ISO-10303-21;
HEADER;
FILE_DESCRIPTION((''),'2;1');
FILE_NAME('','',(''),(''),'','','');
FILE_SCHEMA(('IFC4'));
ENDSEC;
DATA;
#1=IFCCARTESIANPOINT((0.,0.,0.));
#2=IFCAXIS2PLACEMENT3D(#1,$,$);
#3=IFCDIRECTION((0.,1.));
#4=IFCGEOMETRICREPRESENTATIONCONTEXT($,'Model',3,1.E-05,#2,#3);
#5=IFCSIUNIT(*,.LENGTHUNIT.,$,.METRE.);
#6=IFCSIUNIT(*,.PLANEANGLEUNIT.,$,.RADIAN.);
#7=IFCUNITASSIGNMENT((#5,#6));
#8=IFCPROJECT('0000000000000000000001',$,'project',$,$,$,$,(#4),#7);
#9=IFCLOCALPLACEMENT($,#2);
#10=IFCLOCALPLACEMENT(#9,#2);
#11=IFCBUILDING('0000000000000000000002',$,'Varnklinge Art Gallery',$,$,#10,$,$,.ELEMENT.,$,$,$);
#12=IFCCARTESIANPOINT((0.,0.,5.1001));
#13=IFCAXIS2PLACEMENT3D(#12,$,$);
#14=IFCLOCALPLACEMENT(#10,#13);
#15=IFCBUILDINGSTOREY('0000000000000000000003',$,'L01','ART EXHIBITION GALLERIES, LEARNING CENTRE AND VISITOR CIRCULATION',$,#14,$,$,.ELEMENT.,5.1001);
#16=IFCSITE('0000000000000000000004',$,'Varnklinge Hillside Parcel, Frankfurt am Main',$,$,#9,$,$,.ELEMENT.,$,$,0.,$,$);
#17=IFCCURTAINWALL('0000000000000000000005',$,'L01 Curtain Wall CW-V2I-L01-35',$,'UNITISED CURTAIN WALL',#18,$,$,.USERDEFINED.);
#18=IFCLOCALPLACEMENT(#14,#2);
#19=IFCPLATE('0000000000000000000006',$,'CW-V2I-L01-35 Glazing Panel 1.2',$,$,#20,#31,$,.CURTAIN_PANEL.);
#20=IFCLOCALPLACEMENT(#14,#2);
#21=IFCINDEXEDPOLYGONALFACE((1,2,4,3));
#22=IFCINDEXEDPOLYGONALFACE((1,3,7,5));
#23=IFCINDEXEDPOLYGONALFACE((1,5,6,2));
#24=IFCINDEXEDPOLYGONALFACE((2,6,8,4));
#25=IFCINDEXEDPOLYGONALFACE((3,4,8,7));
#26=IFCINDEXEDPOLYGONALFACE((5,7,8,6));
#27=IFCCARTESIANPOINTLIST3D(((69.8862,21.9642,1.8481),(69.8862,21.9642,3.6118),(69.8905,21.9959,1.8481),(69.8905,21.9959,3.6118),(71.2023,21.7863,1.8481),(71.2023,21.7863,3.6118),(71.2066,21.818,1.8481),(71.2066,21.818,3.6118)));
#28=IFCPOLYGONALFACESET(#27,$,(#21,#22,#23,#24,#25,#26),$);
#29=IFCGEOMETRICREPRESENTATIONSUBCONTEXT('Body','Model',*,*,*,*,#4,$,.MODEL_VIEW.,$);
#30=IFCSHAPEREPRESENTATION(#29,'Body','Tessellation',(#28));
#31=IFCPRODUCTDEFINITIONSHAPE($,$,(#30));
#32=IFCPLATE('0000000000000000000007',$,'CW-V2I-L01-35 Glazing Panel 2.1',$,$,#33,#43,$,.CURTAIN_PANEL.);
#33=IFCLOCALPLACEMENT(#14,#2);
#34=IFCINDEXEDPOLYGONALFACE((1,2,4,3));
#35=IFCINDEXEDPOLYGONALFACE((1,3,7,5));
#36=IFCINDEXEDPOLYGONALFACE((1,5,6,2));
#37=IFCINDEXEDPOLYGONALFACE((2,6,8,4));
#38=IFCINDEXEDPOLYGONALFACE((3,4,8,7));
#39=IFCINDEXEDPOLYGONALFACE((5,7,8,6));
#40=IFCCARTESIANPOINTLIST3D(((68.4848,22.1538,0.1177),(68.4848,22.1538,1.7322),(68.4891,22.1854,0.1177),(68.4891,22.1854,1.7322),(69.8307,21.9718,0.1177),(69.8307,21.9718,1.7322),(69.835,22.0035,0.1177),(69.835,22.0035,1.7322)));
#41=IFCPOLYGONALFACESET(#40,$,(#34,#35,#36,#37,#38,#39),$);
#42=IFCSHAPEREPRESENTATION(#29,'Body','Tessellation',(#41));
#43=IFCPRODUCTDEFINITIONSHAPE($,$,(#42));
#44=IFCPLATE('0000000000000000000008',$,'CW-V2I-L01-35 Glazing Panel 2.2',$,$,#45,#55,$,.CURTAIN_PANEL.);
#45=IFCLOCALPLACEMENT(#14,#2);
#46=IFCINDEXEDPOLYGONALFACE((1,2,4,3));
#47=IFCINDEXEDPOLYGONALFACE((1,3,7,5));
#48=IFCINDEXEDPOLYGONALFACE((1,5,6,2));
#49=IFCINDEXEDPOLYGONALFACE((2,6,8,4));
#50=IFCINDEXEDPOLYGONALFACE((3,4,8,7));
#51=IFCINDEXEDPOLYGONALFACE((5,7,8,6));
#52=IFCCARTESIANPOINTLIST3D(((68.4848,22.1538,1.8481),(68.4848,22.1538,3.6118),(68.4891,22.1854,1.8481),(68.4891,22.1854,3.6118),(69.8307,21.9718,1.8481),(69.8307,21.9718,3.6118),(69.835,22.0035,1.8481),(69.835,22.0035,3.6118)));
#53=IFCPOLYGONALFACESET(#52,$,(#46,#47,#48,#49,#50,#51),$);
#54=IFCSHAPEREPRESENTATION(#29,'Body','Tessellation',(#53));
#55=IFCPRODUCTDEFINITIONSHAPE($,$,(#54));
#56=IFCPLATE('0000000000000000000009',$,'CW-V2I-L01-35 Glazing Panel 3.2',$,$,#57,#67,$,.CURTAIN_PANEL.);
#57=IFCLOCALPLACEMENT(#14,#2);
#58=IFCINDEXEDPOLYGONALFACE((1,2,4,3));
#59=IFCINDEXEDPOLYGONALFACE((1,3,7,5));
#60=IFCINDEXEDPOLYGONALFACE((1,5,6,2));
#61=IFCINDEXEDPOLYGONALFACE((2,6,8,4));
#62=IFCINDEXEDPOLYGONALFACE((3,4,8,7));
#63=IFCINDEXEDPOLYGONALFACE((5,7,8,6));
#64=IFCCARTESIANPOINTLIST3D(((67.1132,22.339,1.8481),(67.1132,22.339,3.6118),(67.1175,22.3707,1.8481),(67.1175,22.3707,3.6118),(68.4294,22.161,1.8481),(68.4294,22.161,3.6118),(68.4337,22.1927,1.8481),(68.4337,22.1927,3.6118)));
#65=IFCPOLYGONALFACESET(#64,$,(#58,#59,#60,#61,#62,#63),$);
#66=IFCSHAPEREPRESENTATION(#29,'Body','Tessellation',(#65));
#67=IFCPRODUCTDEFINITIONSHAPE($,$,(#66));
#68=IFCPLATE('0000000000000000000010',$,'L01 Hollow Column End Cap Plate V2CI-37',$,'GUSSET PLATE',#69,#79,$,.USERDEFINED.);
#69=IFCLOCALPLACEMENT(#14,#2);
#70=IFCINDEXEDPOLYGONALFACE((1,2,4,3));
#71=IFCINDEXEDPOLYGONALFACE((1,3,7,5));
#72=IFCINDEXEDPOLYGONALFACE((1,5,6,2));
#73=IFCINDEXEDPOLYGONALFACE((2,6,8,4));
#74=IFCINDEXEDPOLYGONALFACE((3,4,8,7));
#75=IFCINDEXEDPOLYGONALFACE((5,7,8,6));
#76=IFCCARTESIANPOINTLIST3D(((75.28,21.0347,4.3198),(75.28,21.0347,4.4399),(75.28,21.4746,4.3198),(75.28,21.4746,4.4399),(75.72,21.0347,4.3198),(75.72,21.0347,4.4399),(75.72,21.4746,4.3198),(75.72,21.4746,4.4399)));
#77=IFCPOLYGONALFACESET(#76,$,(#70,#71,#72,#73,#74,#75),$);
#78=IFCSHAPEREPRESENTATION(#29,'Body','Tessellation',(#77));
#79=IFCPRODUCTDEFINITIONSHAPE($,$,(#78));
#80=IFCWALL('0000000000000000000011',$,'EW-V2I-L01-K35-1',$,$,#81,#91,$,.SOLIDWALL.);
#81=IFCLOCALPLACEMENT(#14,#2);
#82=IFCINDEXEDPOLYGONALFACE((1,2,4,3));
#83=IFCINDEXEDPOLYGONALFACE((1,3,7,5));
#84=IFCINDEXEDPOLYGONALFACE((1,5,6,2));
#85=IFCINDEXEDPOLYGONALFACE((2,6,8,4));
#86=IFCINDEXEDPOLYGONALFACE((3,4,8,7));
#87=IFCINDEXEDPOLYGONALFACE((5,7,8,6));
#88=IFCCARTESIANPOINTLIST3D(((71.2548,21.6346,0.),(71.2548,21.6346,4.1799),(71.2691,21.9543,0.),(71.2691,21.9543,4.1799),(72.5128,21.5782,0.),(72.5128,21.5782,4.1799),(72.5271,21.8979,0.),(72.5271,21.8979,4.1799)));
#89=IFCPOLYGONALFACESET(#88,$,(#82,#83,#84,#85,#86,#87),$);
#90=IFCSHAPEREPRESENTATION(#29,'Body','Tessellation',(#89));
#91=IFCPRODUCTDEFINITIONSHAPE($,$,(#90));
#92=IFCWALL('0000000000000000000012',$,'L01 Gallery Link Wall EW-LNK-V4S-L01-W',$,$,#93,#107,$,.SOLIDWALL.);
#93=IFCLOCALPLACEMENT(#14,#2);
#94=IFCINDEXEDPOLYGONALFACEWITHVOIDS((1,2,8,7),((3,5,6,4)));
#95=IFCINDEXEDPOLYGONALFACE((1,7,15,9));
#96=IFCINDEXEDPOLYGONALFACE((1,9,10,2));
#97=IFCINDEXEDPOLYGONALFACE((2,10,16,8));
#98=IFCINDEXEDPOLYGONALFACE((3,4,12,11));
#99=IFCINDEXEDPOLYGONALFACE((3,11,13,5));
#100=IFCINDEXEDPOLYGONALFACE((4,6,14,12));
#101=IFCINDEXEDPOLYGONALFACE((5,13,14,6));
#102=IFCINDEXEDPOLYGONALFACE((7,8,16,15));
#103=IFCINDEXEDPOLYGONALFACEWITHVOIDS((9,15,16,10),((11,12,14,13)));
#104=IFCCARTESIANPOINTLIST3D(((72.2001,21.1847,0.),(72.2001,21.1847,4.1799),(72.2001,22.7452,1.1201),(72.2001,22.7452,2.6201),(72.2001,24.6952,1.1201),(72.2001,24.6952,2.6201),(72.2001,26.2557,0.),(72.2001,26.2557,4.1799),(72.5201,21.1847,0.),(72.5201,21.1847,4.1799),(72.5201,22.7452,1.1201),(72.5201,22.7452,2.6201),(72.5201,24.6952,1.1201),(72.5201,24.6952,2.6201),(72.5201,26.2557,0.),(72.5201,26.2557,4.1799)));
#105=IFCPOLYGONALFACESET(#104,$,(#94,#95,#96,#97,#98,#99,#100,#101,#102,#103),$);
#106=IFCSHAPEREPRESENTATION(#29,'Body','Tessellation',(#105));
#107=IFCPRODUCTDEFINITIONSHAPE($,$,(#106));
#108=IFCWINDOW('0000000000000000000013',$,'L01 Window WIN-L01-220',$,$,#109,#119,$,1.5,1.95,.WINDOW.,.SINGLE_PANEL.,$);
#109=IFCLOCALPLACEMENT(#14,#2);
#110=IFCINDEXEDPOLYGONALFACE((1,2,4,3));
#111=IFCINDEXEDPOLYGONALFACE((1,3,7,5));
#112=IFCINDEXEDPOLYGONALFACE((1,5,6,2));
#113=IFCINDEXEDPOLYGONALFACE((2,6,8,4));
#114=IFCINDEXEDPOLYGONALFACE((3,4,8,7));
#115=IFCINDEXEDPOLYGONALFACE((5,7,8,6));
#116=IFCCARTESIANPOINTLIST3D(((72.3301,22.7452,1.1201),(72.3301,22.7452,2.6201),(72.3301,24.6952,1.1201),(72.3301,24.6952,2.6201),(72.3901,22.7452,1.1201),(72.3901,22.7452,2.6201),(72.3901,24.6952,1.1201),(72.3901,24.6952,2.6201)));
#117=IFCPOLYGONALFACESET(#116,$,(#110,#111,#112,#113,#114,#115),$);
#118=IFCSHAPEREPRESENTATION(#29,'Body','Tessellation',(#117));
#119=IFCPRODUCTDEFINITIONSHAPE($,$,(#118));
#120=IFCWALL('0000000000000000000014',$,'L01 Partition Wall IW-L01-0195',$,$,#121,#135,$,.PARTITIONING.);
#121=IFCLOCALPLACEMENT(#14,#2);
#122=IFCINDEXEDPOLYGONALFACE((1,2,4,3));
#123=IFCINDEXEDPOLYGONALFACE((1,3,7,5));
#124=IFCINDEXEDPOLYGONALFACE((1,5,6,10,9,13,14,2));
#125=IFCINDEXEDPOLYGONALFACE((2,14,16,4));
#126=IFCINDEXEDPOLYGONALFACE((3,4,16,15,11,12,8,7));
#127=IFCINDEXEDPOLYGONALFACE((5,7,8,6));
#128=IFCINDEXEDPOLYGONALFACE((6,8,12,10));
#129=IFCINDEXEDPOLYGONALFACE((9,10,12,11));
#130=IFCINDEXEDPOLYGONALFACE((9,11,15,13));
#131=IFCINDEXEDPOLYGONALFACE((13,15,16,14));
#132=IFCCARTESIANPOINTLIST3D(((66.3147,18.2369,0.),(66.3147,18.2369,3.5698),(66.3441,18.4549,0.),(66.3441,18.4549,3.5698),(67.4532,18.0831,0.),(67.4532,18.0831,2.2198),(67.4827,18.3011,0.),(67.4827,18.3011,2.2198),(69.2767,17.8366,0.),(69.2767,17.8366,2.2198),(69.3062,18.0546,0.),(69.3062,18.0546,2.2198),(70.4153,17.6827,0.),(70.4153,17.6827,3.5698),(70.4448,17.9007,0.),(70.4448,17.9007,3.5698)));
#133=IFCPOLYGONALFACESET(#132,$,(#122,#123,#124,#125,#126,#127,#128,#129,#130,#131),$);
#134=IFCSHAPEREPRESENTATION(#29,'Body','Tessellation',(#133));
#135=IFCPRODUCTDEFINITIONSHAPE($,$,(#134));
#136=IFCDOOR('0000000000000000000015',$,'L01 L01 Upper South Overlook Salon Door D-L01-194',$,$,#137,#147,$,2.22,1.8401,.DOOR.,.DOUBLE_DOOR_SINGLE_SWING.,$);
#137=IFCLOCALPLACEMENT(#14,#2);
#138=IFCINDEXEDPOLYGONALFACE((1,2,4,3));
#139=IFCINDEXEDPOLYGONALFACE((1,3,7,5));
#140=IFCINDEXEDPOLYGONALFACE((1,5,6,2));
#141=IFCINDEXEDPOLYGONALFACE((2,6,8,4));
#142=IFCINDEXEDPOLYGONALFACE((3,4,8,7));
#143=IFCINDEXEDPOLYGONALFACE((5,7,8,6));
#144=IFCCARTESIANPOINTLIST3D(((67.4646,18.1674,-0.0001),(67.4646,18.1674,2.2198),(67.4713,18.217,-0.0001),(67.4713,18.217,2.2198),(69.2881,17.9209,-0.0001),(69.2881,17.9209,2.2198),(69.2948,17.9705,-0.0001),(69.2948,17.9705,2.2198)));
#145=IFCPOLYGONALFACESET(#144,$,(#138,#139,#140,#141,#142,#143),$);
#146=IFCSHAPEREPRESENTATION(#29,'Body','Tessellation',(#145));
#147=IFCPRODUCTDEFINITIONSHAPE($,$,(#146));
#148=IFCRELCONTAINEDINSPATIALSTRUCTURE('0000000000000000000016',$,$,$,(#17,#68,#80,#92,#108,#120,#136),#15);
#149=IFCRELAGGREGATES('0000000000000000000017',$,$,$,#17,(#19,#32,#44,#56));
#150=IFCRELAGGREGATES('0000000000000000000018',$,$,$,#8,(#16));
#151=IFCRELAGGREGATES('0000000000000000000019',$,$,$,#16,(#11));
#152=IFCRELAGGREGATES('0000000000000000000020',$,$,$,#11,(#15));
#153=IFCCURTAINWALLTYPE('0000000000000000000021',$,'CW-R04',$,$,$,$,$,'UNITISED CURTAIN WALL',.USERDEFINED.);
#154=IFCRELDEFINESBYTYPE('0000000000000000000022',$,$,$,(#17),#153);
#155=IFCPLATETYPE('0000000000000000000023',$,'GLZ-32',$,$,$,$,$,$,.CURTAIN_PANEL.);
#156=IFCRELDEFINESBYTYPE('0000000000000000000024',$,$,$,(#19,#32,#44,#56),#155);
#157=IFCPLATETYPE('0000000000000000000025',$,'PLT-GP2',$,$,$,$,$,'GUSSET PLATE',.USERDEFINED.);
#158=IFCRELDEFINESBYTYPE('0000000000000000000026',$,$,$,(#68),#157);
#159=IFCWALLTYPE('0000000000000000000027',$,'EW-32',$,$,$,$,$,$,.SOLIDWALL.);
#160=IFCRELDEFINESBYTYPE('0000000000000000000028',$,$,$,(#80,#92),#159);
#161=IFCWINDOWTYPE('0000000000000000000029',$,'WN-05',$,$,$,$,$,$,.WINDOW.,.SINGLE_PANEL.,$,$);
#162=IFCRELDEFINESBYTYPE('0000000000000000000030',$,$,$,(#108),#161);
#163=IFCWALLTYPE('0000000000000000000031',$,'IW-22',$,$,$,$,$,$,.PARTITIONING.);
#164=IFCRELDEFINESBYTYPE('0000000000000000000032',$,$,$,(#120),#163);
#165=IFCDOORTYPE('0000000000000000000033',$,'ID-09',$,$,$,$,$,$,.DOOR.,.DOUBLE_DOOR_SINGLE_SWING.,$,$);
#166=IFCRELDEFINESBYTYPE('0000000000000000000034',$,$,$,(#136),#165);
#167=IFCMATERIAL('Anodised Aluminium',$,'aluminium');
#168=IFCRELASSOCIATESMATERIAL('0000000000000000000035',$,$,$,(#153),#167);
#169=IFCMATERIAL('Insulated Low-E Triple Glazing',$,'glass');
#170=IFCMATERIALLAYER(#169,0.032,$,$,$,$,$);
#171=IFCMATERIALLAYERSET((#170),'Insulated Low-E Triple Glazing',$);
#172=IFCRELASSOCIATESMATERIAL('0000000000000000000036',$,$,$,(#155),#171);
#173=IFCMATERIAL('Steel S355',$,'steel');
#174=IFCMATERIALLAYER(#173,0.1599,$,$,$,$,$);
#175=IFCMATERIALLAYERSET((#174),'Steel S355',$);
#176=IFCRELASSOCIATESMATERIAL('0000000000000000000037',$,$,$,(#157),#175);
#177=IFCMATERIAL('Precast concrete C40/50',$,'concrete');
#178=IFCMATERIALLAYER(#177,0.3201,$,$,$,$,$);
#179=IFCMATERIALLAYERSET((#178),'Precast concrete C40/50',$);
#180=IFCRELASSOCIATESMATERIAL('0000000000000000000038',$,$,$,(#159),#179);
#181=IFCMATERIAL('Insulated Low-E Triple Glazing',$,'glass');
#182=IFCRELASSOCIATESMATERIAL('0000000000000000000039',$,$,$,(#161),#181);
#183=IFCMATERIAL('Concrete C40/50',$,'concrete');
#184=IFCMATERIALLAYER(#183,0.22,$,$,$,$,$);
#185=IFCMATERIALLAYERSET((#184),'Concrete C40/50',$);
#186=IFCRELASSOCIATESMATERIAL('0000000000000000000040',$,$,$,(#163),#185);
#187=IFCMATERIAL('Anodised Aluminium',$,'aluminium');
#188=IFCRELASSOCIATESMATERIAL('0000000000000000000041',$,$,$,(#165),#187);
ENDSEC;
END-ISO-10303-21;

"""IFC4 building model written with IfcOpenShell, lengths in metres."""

from ifc_helpers import new_model, si_unit, direction, frame, frame_2d, origin, origin_2d, place, context, subcontext, project, spatial, rectangle, extrude, material, layer, layer_set, type_object, element, fill, aggregate, save


model = new_model("IFC4")

# Units and contexts
model_context = context("Model", 3, precision=1e-05, world=origin(), true_north=direction((0.0, 1.0)))
body_context = subcontext(model_context, "Body", "Model", "MODEL_VIEW")
ifc_project = project(units=[si_unit("LENGTHUNIT", "METRE"), si_unit("PLANEANGLEUNIT", "RADIAN")], contexts=[model_context])

# Site, building, storey
site_placement = place(None, origin())
site = spatial("IfcSite", under=ifc_project, at=site_placement, Name="Varnklinge Hillside Parcel, Frankfurt am Main", CompositionType="ELEMENT", RefElevation=0.0)
building_placement = place(site_placement, origin())
building = spatial("IfcBuilding", under=site, at=building_placement, Name="Varnklinge Art Gallery", CompositionType="ELEMENT")
storey_placement = place(building_placement, frame((0.0, 0.0, 5.1001)))
storey = spatial("IfcBuildingStorey", under=building, at=storey_placement, Name="L01", Description="ART EXHIBITION GALLERIES, LEARNING CENTRE AND VISITOR CIRCULATION", CompositionType="ELEMENT", Elevation=5.1001)

# Curtain wall
ifc_material_1 = material(Name="Anodised Aluminium", Category="aluminium")
curtain_wall_type = type_object("IfcCurtainWallType", Name="CW-R04", ElementType="UNITISED CURTAIN WALL", PredefinedType="USERDEFINED", material=ifc_material_1)
curtain_wall_placement = place(storey_placement, origin())
curtain_wall = element("IfcCurtainWall", 1, at=curtain_wall_placement, inside=storey, type_object=curtain_wall_type, Name="L01 Curtain Wall CW-V2I-L01-35", ObjectType="UNITISED CURTAIN WALL", PredefinedType="USERDEFINED")

# Plates
ifc_material_2 = material(Name="Insulated Low-E Triple Glazing", Category="glass")
ifc_layer_1 = layer(ifc_material_2, 0.032)
ifc_layer_set_1 = layer_set([ifc_layer_1], Name="Insulated Low-E Triple Glazing")
plate_type_1 = type_object("IfcPlateType", Name="GLZ-32", PredefinedType="CURTAIN_PANEL", material=ifc_layer_set_1)
plate_1_placement = place(storey_placement, frame((70.5464, 21.8911, 1.8481), z_axis=(0.0, 0.0, 1.0), x_axis=(-0.990983, 0.133986, 0.0)))
plate_1 = element("IfcPlate", 2, at=plate_1_placement, type_object=plate_type_1, Name="CW-V2I-L01-35 Glazing Panel 1.2", PredefinedType="CURTAIN_PANEL", context=body_context, shape_type="SweptSolid", body=[
    extrude(rectangle(XDim=1.3281, YDim=0.032, at=origin_2d()), origin(), (0.0, 0.0, 1.0), 1.7637),
])
plate_2_placement = place(storey_placement, frame((69.1599, 22.0786, 0.1177), z_axis=(0.0, 0.0, 1.0), x_axis=(-0.990983, 0.133986, 0.0)))
plate_2 = element("IfcPlate", 3, at=plate_2_placement, type_object=plate_type_1, Name="CW-V2I-L01-35 Glazing Panel 2.1", PredefinedType="CURTAIN_PANEL", context=body_context, shape_type="SweptSolid", body=[
    extrude(rectangle(XDim=1.3582, YDim=0.032, at=origin_2d()), origin(), (0.0, 0.0, 1.0), 1.6145),
])
plate_3_placement = place(storey_placement, frame((69.1599, 22.0786, 1.8481), z_axis=(0.0, 0.0, 1.0), x_axis=(-0.990983, 0.133986, 0.0)))
plate_3 = element("IfcPlate", 4, at=plate_3_placement, type_object=plate_type_1, Name="CW-V2I-L01-35 Glazing Panel 2.2", PredefinedType="CURTAIN_PANEL", context=body_context, shape_type="SweptSolid", body=[
    extrude(rectangle(XDim=1.3582, YDim=0.032, at=origin_2d()), origin(), (0.0, 0.0, 1.0), 1.7637),
])
plate_4_placement = place(storey_placement, frame((67.7734, 22.2659, 1.8481), z_axis=(0.0, 0.0, 1.0), x_axis=(-0.990983, 0.133986, 0.0)))
plate_4 = element("IfcPlate", 5, at=plate_4_placement, type_object=plate_type_1, Name="CW-V2I-L01-35 Glazing Panel 3.2", PredefinedType="CURTAIN_PANEL", context=body_context, shape_type="SweptSolid", body=[
    extrude(rectangle(XDim=1.3281, YDim=0.032, at=origin_2d()), origin(), (0.0, 0.0, 1.0), 1.7637),
])
aggregate(curtain_wall, [plate_1, plate_2, plate_3, plate_4])
ifc_material_3 = material(Name="Steel S355", Category="steel")
ifc_layer_2 = layer(ifc_material_3, 0.1599)
ifc_layer_set_2 = layer_set([ifc_layer_2], Name="Steel S355")
plate_type_2 = type_object("IfcPlateType", Name="PLT-GP2", ElementType="GUSSET PLATE", PredefinedType="USERDEFINED", material=ifc_layer_set_2)
plate_5_placement = place(storey_placement, frame((75.5, 21.2546, 4.3198), z_axis=(0.0, 0.0, 1.0), x_axis=(0.0, 1.0, 0.0)))
element("IfcPlate", 6, at=plate_5_placement, inside=storey, type_object=plate_type_2, Name="L01 Hollow Column End Cap Plate V2CI-37", ObjectType="GUSSET PLATE", PredefinedType="USERDEFINED", context=body_context, shape_type="SweptSolid", body=[
    extrude(rectangle(XDim=0.4399, YDim=0.4399, at=origin_2d()), origin(), (0.0, 0.0, 1.0), 0.1201),
])

# Wall
ifc_material_4 = material(Name="Precast concrete C40/50", Category="concrete")
ifc_layer_3 = layer(ifc_material_4, 0.3201)
ifc_layer_set_3 = layer_set([ifc_layer_3], Name="Precast concrete C40/50")
wall_type_1 = type_object("IfcWallType", Name="EW-32", PredefinedType="SOLIDWALL", material=ifc_layer_set_3)
wall_1_placement = place(storey_placement, frame((71.262, 21.7944, 0.0), z_axis=(0.0, 0.0, 1.0), x_axis=(0.998997, -0.044783, 0.0)))
element("IfcWall", 7, at=wall_1_placement, inside=storey, type_object=wall_type_1, Name="EW-V2I-L01-K35-1", PredefinedType="SOLIDWALL", context=body_context, shape_type="SweptSolid", body=[
    extrude(rectangle(XDim=1.2593, YDim=0.3201, at=frame_2d((0.6296, 0.0))), origin(), (0.0, 0.0, 1.0), 4.1799),
])

# Wall, opening, window
wall_2_placement = place(storey_placement, frame((72.3601, 21.1846, 0.0), z_axis=(0.0, 0.0, 1.0), x_axis=(0.0, 1.0, 0.0)))
wall_2 = element("IfcWall", 8, at=wall_2_placement, inside=storey, type_object=wall_type_1, Name="L01 Gallery Link Wall EW-LNK-V4S-L01-W", PredefinedType="SOLIDWALL", context=body_context, shape_type="SweptSolid", body=[
    extrude(rectangle(XDim=5.071, YDim=0.3201, at=frame_2d((2.5356, 0.0))), origin(), (0.0, 0.0, 1.0), 4.1799),
])
opening_1_placement = place(wall_2_placement, frame((1.5605, 0.0, 1.1201)))
opening_1 = element("IfcOpeningElement", 9, at=opening_1_placement, cuts=wall_2, PredefinedType="OPENING", context=body_context, shape_type="SweptSolid", body=[
    extrude(rectangle(XDim=1.95, YDim=1.5, at=frame_2d((0.9751, 0.75))), frame((0.0, 0.1702, 0.0), z_axis=(0.0, -1.0, 0.0), x_axis=(1.0, 0.0, 0.0)), (0.0, 0.0, 1.0), 0.3401),
])
ifc_material_5 = material(Name="Insulated Low-E Triple Glazing", Category="glass")
window_type = type_object("IfcWindowType", Name="WN-05", PartitioningType="SINGLE_PANEL", PredefinedType="WINDOW", material=ifc_material_5)
window_placement = place(opening_1_placement, origin())
window = element("IfcWindow", 10, at=window_placement, inside=storey, type_object=window_type, Name="L01 Window WIN-L01-220", OverallHeight=1.5, OverallWidth=1.95, PartitioningType="SINGLE_PANEL", PredefinedType="WINDOW", context=body_context, shape_type="SweptSolid", body=[
    extrude(rectangle(XDim=1.95, YDim=1.5, at=frame_2d((0.9751, 0.75))), frame((0.0, 0.03, 0.0), z_axis=(0.0, -1.0, 0.0), x_axis=(1.0, 0.0, 0.0)), (0.0, 0.0, 1.0), 0.0601),
])
fill(opening_1, window)

# Wall, opening, door
ifc_material_6 = material(Name="Concrete C40/50", Category="concrete")
ifc_layer_4 = layer(ifc_material_6, 0.22)
ifc_layer_set_4 = layer_set([ifc_layer_4], Name="Concrete C40/50")
wall_type_2 = type_object("IfcWallType", Name="IW-22", PredefinedType="PARTITIONING", material=ifc_layer_set_4)
wall_3_placement = place(storey_placement, frame((70.4299, 17.7917, 0.0), z_axis=(0.0, 0.0, 1.0), x_axis=(-0.99099, 0.133934, 0.0)))
wall_3 = element("IfcWall", 11, at=wall_3_placement, inside=storey, type_object=wall_type_2, Name="L01 Partition Wall IW-L01-0195", PredefinedType="PARTITIONING", context=body_context, shape_type="SweptSolid", body=[
    extrude(rectangle(XDim=4.1379, YDim=0.22, at=frame_2d((2.0688, 0.0))), origin(), (0.0, 0.0, 1.0), 3.5698),
])
opening_2_placement = place(wall_3_placement, frame((1.1489, 0.0, 0.0)))
opening_2 = element("IfcOpeningElement", 12, at=opening_2_placement, cuts=wall_3, PredefinedType="OPENING", context=body_context, shape_type="SweptSolid", body=[
    extrude(rectangle(XDim=1.8401, YDim=2.22, at=frame_2d((0.9199, 1.1099))), frame((0.0, 0.1199, 0.0), z_axis=(0.0, -1.0, 0.0), x_axis=(1.0, 0.0, 0.0)), (0.0, 0.0, 1.0), 0.24),
])
ifc_material_7 = material(Name="Anodised Aluminium", Category="aluminium")
door_type = type_object("IfcDoorType", Name="ID-09", OperationType="DOUBLE_DOOR_SINGLE_SWING", PredefinedType="DOOR", material=ifc_material_7)
door_placement = place(opening_2_placement, origin())
door = element("IfcDoor", 13, at=door_placement, inside=storey, type_object=door_type, Name="L01 L01 Upper South Overlook Salon Door D-L01-194", OperationType="DOUBLE_DOOR_SINGLE_SWING", OverallHeight=2.22, OverallWidth=1.8401, PredefinedType="DOOR", context=body_context, shape_type="SweptSolid", body=[
    extrude(rectangle(XDim=1.8401, YDim=2.22, at=frame_2d((0.9199, 1.1099))), frame((0.0, 0.0249, 0.0), z_axis=(0.0, -1.0, 0.0), x_axis=(1.0, 0.0, 0.0)), (0.0, 0.0, 1.0), 0.05),
])
fill(opening_2, door)

save(model, "model.ifc")
